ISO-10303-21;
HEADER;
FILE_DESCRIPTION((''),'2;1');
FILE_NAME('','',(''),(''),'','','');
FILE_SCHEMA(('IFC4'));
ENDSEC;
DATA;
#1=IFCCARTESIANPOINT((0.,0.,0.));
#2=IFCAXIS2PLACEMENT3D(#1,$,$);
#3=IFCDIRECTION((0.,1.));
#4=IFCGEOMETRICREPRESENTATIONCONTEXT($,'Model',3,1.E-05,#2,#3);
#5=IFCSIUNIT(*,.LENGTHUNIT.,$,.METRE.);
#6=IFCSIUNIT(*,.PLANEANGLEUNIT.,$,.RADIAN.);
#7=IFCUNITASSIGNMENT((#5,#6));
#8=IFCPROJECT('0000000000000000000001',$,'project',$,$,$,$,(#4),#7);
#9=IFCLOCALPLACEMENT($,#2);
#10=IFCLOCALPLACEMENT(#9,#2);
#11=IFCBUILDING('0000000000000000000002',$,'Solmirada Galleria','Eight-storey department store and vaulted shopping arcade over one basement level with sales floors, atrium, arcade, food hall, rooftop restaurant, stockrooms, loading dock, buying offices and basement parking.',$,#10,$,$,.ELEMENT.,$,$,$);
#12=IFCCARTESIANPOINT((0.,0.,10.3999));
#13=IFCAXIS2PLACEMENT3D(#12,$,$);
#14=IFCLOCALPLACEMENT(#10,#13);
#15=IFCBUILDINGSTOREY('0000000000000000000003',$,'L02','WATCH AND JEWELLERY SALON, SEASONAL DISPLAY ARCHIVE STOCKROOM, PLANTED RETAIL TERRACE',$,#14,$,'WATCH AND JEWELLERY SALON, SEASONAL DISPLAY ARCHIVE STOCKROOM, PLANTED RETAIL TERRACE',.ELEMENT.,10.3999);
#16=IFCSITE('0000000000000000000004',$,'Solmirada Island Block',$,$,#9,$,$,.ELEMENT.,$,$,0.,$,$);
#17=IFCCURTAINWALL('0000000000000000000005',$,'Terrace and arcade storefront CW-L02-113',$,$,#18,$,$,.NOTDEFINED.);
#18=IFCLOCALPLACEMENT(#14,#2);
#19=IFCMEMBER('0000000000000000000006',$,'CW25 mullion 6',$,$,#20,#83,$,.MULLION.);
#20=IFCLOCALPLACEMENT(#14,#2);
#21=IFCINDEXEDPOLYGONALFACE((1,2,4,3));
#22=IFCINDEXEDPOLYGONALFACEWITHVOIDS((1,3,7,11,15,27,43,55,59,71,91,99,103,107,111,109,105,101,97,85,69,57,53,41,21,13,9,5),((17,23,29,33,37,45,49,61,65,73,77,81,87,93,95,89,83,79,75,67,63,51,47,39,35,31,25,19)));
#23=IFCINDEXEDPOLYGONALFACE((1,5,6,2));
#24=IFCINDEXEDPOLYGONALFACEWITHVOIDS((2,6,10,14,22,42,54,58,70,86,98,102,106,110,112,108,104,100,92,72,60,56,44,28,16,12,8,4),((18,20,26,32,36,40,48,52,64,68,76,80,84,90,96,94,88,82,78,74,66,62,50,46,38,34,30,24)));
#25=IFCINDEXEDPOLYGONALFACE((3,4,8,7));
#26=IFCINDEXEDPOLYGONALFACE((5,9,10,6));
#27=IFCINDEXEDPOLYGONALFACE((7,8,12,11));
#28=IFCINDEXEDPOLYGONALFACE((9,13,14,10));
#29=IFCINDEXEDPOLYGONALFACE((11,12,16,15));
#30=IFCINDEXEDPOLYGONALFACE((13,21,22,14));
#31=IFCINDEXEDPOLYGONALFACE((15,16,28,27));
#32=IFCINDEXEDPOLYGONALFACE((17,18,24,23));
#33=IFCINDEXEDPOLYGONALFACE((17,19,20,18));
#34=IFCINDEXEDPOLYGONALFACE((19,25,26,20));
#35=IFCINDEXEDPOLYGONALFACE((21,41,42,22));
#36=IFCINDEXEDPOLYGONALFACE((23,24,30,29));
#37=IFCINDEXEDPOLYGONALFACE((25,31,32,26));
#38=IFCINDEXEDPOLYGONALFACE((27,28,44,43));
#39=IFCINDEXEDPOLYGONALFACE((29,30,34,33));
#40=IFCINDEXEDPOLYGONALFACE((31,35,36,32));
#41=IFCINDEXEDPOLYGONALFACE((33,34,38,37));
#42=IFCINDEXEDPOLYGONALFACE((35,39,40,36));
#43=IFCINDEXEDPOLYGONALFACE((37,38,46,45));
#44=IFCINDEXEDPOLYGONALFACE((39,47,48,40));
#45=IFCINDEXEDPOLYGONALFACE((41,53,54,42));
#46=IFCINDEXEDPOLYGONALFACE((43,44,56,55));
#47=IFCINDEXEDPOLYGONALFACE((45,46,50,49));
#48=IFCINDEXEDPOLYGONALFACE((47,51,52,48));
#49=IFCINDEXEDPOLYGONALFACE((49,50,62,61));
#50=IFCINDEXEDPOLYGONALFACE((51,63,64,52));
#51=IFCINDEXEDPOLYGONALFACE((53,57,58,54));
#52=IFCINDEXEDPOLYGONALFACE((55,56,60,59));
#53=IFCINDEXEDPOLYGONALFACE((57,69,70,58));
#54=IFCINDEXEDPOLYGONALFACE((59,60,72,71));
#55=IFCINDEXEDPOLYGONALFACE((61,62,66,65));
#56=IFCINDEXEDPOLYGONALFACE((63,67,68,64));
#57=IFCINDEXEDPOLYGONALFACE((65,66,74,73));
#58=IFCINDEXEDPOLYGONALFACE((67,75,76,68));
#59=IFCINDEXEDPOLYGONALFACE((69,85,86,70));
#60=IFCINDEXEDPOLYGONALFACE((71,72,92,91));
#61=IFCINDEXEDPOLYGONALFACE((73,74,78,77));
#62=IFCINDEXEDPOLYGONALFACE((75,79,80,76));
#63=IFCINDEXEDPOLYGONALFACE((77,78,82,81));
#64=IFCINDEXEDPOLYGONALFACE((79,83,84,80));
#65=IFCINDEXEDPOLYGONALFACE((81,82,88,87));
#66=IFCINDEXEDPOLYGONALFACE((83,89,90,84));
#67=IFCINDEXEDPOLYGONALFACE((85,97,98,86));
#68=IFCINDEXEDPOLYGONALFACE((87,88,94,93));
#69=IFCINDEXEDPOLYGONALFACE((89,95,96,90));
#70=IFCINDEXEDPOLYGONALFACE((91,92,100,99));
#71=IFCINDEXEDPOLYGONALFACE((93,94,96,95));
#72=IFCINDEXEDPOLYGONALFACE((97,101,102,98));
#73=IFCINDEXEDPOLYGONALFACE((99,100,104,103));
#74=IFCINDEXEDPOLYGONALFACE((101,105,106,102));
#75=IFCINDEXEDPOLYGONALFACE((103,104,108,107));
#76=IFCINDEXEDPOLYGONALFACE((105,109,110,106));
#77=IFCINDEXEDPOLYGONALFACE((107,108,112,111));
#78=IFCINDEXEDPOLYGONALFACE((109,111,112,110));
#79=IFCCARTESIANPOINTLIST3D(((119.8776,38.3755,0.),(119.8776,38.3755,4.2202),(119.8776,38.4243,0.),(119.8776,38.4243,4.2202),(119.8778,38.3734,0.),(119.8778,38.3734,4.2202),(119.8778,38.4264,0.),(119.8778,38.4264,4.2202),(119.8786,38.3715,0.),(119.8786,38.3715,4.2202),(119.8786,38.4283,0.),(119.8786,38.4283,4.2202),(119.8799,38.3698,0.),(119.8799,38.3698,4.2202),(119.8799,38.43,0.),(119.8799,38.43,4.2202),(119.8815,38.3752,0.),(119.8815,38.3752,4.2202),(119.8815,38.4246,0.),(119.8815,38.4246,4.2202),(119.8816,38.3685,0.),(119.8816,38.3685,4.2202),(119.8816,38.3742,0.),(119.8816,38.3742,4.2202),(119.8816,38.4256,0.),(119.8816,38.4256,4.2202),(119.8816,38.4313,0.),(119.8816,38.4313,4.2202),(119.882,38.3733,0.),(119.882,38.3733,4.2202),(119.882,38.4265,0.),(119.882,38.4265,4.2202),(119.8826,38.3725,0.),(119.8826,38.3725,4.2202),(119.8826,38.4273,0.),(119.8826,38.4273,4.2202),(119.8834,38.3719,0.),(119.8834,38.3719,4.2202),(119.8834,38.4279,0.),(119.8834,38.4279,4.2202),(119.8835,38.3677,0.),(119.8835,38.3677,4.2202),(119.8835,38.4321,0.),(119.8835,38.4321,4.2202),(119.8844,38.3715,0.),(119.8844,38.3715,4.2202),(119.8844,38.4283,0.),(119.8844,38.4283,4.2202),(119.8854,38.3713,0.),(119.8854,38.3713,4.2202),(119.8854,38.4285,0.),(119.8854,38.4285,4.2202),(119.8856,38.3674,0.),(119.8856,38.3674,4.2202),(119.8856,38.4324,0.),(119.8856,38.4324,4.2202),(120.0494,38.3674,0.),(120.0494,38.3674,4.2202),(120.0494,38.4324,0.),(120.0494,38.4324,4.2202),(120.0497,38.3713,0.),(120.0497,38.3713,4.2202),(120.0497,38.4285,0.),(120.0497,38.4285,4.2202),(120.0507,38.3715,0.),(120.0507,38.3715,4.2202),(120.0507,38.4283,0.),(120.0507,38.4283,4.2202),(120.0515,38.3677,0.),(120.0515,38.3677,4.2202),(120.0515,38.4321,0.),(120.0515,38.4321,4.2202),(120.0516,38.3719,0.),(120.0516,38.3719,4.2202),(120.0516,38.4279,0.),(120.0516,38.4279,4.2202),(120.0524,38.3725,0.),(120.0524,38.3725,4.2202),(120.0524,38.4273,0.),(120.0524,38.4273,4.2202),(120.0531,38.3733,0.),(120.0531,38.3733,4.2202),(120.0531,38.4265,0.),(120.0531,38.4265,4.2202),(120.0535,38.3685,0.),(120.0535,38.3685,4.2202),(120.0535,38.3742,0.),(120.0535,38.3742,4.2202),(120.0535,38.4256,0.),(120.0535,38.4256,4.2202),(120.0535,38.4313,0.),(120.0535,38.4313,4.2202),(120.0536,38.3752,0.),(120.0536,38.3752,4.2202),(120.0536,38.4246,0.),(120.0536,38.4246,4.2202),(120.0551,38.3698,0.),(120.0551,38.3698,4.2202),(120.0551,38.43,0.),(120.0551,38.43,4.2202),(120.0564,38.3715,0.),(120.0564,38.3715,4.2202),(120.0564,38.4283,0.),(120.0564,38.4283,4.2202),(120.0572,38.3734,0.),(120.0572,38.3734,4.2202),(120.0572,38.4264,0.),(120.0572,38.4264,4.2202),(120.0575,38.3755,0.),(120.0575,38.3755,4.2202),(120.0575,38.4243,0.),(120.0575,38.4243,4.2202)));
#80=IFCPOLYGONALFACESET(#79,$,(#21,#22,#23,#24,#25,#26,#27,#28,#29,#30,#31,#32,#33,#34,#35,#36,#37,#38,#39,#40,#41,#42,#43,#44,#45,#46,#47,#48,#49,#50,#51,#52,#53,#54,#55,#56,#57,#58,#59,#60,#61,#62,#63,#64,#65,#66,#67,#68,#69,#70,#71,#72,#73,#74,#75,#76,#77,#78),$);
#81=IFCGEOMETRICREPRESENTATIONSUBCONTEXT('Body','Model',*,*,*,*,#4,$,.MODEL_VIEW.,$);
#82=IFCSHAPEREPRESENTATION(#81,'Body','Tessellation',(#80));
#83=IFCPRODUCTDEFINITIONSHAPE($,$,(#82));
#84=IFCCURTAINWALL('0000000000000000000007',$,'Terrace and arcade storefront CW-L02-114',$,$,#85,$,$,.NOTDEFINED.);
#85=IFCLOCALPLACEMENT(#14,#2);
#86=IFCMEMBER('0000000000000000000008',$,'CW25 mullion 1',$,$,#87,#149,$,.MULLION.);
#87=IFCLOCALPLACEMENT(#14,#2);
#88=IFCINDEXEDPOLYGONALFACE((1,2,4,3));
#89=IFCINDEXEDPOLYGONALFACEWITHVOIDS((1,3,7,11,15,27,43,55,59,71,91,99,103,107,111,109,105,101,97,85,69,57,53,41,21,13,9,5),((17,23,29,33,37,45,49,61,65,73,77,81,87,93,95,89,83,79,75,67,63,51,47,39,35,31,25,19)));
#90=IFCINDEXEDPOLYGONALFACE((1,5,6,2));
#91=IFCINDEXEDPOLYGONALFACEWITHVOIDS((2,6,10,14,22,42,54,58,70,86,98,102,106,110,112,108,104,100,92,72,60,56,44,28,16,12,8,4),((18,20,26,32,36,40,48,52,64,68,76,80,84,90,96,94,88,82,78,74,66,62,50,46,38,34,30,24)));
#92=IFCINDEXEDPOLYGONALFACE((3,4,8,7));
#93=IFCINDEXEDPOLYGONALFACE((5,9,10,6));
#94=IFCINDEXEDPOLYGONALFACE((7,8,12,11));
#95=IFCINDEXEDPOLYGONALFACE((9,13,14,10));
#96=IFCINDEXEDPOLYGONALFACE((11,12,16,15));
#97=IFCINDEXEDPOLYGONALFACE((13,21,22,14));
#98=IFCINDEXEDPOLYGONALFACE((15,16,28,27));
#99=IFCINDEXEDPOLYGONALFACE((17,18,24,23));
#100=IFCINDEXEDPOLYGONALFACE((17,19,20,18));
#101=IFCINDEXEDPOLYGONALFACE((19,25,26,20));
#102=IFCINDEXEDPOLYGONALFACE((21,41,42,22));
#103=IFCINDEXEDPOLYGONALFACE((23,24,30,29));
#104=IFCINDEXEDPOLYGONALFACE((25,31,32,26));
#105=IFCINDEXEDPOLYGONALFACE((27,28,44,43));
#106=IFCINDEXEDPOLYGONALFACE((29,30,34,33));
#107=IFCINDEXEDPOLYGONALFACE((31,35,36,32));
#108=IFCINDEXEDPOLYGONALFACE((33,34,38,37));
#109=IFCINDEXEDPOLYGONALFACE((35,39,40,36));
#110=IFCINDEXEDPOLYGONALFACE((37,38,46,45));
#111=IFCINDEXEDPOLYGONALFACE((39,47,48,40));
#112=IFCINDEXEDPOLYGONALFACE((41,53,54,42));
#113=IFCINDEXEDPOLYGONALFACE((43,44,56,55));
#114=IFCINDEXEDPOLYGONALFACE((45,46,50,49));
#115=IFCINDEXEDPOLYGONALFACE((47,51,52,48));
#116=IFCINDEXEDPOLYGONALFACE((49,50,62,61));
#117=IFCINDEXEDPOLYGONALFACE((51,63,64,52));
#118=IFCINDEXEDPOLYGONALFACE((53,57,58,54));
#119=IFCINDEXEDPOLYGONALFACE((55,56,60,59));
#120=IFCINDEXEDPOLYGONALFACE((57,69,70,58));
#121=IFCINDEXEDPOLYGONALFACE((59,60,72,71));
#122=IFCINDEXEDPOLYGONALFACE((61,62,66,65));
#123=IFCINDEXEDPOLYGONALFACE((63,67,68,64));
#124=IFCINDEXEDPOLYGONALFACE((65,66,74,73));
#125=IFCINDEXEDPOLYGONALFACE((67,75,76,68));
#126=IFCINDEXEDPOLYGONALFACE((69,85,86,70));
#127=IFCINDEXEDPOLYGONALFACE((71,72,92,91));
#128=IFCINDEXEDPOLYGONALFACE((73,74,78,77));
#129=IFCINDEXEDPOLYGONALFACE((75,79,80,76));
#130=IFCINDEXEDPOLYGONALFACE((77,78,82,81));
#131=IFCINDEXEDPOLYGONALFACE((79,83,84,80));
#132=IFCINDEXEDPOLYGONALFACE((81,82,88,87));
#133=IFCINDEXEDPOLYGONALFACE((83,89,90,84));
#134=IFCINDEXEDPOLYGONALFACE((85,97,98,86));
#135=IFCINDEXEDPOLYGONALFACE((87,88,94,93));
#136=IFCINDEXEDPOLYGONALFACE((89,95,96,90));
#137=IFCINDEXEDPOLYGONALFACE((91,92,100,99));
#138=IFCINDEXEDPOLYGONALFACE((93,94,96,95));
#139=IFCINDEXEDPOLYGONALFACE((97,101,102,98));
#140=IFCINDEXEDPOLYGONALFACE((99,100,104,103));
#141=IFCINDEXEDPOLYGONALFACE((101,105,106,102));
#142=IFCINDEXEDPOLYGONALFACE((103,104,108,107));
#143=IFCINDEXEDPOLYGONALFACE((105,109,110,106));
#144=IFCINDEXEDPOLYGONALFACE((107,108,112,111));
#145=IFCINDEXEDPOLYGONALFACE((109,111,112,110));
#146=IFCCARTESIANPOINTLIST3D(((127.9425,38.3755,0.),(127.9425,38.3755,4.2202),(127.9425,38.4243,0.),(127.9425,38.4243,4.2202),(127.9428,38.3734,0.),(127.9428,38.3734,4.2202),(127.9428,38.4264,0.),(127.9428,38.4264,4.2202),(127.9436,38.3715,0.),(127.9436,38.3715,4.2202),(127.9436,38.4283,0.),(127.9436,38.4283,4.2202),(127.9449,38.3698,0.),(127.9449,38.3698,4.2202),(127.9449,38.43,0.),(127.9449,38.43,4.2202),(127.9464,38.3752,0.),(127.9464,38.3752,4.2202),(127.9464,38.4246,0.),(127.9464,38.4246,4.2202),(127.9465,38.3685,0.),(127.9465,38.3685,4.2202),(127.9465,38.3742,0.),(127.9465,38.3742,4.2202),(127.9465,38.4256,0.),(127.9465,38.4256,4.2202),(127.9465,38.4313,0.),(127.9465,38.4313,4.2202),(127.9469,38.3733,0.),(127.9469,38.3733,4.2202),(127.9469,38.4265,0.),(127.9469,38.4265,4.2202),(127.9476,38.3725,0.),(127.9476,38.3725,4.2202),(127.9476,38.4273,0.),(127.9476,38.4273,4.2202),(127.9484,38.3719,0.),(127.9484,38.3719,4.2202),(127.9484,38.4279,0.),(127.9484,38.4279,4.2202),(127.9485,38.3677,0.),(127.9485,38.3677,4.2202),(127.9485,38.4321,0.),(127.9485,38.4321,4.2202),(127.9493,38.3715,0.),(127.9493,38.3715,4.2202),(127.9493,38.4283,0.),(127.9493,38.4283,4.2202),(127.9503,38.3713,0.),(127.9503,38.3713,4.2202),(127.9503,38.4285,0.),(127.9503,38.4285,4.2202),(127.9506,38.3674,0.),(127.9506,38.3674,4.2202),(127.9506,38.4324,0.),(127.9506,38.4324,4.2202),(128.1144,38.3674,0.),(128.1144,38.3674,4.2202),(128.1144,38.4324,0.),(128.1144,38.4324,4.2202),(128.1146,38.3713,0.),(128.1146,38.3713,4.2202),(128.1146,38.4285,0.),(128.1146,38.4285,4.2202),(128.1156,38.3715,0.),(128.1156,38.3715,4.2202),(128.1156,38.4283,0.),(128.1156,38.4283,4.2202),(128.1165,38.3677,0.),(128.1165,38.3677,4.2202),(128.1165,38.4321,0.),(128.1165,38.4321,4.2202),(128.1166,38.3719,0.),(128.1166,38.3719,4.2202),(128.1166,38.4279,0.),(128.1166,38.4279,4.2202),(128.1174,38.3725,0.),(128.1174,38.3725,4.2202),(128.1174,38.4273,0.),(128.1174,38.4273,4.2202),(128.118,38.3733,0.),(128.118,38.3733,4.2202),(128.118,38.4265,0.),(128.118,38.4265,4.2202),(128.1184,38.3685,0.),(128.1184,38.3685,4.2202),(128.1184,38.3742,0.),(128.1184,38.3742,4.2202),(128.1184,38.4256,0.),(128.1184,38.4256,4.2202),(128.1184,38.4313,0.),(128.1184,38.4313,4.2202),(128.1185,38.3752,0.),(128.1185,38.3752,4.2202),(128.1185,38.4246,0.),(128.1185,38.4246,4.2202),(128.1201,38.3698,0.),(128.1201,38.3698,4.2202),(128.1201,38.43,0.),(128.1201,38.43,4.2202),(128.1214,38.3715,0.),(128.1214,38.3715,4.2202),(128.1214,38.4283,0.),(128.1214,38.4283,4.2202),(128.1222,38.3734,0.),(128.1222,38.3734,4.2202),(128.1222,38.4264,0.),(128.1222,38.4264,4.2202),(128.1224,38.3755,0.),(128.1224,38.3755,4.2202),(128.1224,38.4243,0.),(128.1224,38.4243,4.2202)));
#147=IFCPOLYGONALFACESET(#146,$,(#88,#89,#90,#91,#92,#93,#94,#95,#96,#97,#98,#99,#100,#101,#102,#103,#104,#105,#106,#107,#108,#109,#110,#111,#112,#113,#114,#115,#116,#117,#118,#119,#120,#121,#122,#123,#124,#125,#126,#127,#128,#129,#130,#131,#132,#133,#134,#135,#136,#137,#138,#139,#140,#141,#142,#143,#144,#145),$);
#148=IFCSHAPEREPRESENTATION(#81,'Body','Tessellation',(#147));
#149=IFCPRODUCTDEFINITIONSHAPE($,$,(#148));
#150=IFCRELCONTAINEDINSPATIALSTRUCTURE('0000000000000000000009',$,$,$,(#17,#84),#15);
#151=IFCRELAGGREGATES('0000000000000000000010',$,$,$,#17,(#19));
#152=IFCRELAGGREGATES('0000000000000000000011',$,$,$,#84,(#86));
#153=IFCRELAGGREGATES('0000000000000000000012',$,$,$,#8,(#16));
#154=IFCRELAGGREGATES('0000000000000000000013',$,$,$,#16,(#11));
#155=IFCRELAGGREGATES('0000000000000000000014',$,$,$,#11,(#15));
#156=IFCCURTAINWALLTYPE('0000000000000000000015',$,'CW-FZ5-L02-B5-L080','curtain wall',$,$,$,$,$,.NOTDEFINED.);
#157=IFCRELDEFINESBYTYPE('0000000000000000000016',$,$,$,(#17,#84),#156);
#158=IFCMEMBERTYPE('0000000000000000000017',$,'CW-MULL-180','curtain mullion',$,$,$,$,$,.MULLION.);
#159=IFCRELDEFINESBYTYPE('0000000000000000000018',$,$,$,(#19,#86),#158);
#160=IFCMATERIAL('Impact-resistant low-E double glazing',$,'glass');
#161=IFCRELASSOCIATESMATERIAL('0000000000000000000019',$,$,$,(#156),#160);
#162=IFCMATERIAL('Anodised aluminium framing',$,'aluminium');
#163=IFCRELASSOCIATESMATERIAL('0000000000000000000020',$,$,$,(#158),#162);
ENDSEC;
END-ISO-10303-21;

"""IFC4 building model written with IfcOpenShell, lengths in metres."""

from ifc_helpers import new_model, si_unit, direction, frame, origin, origin_2d, place, context, subcontext, project, spatial, hollow_rectangle, extrude, material, material_profile, profile_set, type_object, element, aggregate, save


model = new_model("IFC4")

# Units and contexts
model_context = context("Model", 3, precision=1e-05, world=origin(), true_north=direction((0.0, 1.0)))
body_context = subcontext(model_context, "Body", "Model", "MODEL_VIEW")
ifc_project = project(units=[si_unit("LENGTHUNIT", "METRE"), si_unit("PLANEANGLEUNIT", "RADIAN")], contexts=[model_context])

# Site, building, storey
site_placement = place(None, origin())
site = spatial("IfcSite", under=ifc_project, at=site_placement, Name="Solmirada Island Block", CompositionType="ELEMENT", RefElevation=0.0)
building_placement = place(site_placement, origin())
building = spatial("IfcBuilding", under=site, at=building_placement, Name="Solmirada Galleria", Description="Eight-storey department store and vaulted shopping arcade over one basement level with sales floors, atrium, arcade, food hall, rooftop restaurant, stockrooms, loading dock, buying offices and basement parking.", CompositionType="ELEMENT")
storey_placement = place(building_placement, frame((0.0, 0.0, 10.3999)))
storey = spatial("IfcBuildingStorey", under=building, at=storey_placement, Name="L02", Description="WATCH AND JEWELLERY SALON, SEASONAL DISPLAY ARCHIVE STOCKROOM, PLANTED RETAIL TERRACE", LongName="WATCH AND JEWELLERY SALON, SEASONAL DISPLAY ARCHIVE STOCKROOM, PLANTED RETAIL TERRACE", CompositionType="ELEMENT", Elevation=10.3999)

# Curtain wall, member
ifc_material_1 = material(Name="Impact-resistant low-E double glazing", Category="glass")
curtain_wall_type = type_object("IfcCurtainWallType", Name="CW-FZ5-L02-B5-L080", Description="curtain wall", PredefinedType="NOTDEFINED", material=ifc_material_1)
curtain_wall_1_placement = place(storey_placement, origin())
curtain_wall_1 = element("IfcCurtainWall", 1, at=curtain_wall_1_placement, inside=storey, type_object=curtain_wall_type, Name="Terrace and arcade storefront CW-L02-113", PredefinedType="NOTDEFINED")
ifc_material_2 = material(Name="Anodised aluminium framing", Category="aluminium")
ifc_material_profile_1 = material_profile(ifc_material_2, hollow_rectangle(XDim=0.0649, YDim=0.1799, WallThickness=0.0039, InnerFilletRadius=0.0039, OuterFilletRadius=0.0081, at=origin_2d()), Name="ALU-MULL-180X65")
ifc_profile_set_1 = profile_set([ifc_material_profile_1], Name="Anodised aluminium framing")
member_type_1 = type_object("IfcMemberType", Name="CW-MULL-180", Description="curtain mullion", PredefinedType="MULLION", material=ifc_profile_set_1)
member_1_placement = place(storey_placement, frame((119.9675, 38.3999, 0.0), z_axis=(0.0, 0.0, 1.0), x_axis=(0.0, 1.0, 0.0)))
member_1 = element("IfcMember", 2, at=member_1_placement, type_object=member_type_1, Name="CW25 mullion 6", PredefinedType="MULLION", context=body_context, shape_type="SweptSolid", body=[
    extrude(hollow_rectangle(XDim=0.0649, YDim=0.1799, WallThickness=0.0039, InnerFilletRadius=0.0039, OuterFilletRadius=0.0081, at=origin_2d()), origin(), (0.0, 0.0, 1.0), 4.2202),
])

# Curtain wall, member
curtain_wall_2_placement = place(storey_placement, origin())
curtain_wall_2 = element("IfcCurtainWall", 3, at=curtain_wall_2_placement, inside=storey, type_object=curtain_wall_type, Name="Terrace and arcade storefront CW-L02-114", PredefinedType="NOTDEFINED")
member_2_placement = place(storey_placement, frame((128.0325, 38.3999, 0.0), z_axis=(0.0, 0.0, 1.0), x_axis=(0.0, 1.0, 0.0)))
member_2 = element("IfcMember", 4, at=member_2_placement, type_object=member_type_1, Name="CW25 mullion 1", PredefinedType="MULLION", context=body_context, shape_type="SweptSolid", body=[
    extrude(hollow_rectangle(XDim=0.0649, YDim=0.1799, WallThickness=0.0039, InnerFilletRadius=0.0039, OuterFilletRadius=0.0081, at=origin_2d()), origin(), (0.0, 0.0, 1.0), 4.2202),
])

aggregate(curtain_wall_1, [member_1])
aggregate(curtain_wall_2, [member_2])

save(model, "model.ifc")
